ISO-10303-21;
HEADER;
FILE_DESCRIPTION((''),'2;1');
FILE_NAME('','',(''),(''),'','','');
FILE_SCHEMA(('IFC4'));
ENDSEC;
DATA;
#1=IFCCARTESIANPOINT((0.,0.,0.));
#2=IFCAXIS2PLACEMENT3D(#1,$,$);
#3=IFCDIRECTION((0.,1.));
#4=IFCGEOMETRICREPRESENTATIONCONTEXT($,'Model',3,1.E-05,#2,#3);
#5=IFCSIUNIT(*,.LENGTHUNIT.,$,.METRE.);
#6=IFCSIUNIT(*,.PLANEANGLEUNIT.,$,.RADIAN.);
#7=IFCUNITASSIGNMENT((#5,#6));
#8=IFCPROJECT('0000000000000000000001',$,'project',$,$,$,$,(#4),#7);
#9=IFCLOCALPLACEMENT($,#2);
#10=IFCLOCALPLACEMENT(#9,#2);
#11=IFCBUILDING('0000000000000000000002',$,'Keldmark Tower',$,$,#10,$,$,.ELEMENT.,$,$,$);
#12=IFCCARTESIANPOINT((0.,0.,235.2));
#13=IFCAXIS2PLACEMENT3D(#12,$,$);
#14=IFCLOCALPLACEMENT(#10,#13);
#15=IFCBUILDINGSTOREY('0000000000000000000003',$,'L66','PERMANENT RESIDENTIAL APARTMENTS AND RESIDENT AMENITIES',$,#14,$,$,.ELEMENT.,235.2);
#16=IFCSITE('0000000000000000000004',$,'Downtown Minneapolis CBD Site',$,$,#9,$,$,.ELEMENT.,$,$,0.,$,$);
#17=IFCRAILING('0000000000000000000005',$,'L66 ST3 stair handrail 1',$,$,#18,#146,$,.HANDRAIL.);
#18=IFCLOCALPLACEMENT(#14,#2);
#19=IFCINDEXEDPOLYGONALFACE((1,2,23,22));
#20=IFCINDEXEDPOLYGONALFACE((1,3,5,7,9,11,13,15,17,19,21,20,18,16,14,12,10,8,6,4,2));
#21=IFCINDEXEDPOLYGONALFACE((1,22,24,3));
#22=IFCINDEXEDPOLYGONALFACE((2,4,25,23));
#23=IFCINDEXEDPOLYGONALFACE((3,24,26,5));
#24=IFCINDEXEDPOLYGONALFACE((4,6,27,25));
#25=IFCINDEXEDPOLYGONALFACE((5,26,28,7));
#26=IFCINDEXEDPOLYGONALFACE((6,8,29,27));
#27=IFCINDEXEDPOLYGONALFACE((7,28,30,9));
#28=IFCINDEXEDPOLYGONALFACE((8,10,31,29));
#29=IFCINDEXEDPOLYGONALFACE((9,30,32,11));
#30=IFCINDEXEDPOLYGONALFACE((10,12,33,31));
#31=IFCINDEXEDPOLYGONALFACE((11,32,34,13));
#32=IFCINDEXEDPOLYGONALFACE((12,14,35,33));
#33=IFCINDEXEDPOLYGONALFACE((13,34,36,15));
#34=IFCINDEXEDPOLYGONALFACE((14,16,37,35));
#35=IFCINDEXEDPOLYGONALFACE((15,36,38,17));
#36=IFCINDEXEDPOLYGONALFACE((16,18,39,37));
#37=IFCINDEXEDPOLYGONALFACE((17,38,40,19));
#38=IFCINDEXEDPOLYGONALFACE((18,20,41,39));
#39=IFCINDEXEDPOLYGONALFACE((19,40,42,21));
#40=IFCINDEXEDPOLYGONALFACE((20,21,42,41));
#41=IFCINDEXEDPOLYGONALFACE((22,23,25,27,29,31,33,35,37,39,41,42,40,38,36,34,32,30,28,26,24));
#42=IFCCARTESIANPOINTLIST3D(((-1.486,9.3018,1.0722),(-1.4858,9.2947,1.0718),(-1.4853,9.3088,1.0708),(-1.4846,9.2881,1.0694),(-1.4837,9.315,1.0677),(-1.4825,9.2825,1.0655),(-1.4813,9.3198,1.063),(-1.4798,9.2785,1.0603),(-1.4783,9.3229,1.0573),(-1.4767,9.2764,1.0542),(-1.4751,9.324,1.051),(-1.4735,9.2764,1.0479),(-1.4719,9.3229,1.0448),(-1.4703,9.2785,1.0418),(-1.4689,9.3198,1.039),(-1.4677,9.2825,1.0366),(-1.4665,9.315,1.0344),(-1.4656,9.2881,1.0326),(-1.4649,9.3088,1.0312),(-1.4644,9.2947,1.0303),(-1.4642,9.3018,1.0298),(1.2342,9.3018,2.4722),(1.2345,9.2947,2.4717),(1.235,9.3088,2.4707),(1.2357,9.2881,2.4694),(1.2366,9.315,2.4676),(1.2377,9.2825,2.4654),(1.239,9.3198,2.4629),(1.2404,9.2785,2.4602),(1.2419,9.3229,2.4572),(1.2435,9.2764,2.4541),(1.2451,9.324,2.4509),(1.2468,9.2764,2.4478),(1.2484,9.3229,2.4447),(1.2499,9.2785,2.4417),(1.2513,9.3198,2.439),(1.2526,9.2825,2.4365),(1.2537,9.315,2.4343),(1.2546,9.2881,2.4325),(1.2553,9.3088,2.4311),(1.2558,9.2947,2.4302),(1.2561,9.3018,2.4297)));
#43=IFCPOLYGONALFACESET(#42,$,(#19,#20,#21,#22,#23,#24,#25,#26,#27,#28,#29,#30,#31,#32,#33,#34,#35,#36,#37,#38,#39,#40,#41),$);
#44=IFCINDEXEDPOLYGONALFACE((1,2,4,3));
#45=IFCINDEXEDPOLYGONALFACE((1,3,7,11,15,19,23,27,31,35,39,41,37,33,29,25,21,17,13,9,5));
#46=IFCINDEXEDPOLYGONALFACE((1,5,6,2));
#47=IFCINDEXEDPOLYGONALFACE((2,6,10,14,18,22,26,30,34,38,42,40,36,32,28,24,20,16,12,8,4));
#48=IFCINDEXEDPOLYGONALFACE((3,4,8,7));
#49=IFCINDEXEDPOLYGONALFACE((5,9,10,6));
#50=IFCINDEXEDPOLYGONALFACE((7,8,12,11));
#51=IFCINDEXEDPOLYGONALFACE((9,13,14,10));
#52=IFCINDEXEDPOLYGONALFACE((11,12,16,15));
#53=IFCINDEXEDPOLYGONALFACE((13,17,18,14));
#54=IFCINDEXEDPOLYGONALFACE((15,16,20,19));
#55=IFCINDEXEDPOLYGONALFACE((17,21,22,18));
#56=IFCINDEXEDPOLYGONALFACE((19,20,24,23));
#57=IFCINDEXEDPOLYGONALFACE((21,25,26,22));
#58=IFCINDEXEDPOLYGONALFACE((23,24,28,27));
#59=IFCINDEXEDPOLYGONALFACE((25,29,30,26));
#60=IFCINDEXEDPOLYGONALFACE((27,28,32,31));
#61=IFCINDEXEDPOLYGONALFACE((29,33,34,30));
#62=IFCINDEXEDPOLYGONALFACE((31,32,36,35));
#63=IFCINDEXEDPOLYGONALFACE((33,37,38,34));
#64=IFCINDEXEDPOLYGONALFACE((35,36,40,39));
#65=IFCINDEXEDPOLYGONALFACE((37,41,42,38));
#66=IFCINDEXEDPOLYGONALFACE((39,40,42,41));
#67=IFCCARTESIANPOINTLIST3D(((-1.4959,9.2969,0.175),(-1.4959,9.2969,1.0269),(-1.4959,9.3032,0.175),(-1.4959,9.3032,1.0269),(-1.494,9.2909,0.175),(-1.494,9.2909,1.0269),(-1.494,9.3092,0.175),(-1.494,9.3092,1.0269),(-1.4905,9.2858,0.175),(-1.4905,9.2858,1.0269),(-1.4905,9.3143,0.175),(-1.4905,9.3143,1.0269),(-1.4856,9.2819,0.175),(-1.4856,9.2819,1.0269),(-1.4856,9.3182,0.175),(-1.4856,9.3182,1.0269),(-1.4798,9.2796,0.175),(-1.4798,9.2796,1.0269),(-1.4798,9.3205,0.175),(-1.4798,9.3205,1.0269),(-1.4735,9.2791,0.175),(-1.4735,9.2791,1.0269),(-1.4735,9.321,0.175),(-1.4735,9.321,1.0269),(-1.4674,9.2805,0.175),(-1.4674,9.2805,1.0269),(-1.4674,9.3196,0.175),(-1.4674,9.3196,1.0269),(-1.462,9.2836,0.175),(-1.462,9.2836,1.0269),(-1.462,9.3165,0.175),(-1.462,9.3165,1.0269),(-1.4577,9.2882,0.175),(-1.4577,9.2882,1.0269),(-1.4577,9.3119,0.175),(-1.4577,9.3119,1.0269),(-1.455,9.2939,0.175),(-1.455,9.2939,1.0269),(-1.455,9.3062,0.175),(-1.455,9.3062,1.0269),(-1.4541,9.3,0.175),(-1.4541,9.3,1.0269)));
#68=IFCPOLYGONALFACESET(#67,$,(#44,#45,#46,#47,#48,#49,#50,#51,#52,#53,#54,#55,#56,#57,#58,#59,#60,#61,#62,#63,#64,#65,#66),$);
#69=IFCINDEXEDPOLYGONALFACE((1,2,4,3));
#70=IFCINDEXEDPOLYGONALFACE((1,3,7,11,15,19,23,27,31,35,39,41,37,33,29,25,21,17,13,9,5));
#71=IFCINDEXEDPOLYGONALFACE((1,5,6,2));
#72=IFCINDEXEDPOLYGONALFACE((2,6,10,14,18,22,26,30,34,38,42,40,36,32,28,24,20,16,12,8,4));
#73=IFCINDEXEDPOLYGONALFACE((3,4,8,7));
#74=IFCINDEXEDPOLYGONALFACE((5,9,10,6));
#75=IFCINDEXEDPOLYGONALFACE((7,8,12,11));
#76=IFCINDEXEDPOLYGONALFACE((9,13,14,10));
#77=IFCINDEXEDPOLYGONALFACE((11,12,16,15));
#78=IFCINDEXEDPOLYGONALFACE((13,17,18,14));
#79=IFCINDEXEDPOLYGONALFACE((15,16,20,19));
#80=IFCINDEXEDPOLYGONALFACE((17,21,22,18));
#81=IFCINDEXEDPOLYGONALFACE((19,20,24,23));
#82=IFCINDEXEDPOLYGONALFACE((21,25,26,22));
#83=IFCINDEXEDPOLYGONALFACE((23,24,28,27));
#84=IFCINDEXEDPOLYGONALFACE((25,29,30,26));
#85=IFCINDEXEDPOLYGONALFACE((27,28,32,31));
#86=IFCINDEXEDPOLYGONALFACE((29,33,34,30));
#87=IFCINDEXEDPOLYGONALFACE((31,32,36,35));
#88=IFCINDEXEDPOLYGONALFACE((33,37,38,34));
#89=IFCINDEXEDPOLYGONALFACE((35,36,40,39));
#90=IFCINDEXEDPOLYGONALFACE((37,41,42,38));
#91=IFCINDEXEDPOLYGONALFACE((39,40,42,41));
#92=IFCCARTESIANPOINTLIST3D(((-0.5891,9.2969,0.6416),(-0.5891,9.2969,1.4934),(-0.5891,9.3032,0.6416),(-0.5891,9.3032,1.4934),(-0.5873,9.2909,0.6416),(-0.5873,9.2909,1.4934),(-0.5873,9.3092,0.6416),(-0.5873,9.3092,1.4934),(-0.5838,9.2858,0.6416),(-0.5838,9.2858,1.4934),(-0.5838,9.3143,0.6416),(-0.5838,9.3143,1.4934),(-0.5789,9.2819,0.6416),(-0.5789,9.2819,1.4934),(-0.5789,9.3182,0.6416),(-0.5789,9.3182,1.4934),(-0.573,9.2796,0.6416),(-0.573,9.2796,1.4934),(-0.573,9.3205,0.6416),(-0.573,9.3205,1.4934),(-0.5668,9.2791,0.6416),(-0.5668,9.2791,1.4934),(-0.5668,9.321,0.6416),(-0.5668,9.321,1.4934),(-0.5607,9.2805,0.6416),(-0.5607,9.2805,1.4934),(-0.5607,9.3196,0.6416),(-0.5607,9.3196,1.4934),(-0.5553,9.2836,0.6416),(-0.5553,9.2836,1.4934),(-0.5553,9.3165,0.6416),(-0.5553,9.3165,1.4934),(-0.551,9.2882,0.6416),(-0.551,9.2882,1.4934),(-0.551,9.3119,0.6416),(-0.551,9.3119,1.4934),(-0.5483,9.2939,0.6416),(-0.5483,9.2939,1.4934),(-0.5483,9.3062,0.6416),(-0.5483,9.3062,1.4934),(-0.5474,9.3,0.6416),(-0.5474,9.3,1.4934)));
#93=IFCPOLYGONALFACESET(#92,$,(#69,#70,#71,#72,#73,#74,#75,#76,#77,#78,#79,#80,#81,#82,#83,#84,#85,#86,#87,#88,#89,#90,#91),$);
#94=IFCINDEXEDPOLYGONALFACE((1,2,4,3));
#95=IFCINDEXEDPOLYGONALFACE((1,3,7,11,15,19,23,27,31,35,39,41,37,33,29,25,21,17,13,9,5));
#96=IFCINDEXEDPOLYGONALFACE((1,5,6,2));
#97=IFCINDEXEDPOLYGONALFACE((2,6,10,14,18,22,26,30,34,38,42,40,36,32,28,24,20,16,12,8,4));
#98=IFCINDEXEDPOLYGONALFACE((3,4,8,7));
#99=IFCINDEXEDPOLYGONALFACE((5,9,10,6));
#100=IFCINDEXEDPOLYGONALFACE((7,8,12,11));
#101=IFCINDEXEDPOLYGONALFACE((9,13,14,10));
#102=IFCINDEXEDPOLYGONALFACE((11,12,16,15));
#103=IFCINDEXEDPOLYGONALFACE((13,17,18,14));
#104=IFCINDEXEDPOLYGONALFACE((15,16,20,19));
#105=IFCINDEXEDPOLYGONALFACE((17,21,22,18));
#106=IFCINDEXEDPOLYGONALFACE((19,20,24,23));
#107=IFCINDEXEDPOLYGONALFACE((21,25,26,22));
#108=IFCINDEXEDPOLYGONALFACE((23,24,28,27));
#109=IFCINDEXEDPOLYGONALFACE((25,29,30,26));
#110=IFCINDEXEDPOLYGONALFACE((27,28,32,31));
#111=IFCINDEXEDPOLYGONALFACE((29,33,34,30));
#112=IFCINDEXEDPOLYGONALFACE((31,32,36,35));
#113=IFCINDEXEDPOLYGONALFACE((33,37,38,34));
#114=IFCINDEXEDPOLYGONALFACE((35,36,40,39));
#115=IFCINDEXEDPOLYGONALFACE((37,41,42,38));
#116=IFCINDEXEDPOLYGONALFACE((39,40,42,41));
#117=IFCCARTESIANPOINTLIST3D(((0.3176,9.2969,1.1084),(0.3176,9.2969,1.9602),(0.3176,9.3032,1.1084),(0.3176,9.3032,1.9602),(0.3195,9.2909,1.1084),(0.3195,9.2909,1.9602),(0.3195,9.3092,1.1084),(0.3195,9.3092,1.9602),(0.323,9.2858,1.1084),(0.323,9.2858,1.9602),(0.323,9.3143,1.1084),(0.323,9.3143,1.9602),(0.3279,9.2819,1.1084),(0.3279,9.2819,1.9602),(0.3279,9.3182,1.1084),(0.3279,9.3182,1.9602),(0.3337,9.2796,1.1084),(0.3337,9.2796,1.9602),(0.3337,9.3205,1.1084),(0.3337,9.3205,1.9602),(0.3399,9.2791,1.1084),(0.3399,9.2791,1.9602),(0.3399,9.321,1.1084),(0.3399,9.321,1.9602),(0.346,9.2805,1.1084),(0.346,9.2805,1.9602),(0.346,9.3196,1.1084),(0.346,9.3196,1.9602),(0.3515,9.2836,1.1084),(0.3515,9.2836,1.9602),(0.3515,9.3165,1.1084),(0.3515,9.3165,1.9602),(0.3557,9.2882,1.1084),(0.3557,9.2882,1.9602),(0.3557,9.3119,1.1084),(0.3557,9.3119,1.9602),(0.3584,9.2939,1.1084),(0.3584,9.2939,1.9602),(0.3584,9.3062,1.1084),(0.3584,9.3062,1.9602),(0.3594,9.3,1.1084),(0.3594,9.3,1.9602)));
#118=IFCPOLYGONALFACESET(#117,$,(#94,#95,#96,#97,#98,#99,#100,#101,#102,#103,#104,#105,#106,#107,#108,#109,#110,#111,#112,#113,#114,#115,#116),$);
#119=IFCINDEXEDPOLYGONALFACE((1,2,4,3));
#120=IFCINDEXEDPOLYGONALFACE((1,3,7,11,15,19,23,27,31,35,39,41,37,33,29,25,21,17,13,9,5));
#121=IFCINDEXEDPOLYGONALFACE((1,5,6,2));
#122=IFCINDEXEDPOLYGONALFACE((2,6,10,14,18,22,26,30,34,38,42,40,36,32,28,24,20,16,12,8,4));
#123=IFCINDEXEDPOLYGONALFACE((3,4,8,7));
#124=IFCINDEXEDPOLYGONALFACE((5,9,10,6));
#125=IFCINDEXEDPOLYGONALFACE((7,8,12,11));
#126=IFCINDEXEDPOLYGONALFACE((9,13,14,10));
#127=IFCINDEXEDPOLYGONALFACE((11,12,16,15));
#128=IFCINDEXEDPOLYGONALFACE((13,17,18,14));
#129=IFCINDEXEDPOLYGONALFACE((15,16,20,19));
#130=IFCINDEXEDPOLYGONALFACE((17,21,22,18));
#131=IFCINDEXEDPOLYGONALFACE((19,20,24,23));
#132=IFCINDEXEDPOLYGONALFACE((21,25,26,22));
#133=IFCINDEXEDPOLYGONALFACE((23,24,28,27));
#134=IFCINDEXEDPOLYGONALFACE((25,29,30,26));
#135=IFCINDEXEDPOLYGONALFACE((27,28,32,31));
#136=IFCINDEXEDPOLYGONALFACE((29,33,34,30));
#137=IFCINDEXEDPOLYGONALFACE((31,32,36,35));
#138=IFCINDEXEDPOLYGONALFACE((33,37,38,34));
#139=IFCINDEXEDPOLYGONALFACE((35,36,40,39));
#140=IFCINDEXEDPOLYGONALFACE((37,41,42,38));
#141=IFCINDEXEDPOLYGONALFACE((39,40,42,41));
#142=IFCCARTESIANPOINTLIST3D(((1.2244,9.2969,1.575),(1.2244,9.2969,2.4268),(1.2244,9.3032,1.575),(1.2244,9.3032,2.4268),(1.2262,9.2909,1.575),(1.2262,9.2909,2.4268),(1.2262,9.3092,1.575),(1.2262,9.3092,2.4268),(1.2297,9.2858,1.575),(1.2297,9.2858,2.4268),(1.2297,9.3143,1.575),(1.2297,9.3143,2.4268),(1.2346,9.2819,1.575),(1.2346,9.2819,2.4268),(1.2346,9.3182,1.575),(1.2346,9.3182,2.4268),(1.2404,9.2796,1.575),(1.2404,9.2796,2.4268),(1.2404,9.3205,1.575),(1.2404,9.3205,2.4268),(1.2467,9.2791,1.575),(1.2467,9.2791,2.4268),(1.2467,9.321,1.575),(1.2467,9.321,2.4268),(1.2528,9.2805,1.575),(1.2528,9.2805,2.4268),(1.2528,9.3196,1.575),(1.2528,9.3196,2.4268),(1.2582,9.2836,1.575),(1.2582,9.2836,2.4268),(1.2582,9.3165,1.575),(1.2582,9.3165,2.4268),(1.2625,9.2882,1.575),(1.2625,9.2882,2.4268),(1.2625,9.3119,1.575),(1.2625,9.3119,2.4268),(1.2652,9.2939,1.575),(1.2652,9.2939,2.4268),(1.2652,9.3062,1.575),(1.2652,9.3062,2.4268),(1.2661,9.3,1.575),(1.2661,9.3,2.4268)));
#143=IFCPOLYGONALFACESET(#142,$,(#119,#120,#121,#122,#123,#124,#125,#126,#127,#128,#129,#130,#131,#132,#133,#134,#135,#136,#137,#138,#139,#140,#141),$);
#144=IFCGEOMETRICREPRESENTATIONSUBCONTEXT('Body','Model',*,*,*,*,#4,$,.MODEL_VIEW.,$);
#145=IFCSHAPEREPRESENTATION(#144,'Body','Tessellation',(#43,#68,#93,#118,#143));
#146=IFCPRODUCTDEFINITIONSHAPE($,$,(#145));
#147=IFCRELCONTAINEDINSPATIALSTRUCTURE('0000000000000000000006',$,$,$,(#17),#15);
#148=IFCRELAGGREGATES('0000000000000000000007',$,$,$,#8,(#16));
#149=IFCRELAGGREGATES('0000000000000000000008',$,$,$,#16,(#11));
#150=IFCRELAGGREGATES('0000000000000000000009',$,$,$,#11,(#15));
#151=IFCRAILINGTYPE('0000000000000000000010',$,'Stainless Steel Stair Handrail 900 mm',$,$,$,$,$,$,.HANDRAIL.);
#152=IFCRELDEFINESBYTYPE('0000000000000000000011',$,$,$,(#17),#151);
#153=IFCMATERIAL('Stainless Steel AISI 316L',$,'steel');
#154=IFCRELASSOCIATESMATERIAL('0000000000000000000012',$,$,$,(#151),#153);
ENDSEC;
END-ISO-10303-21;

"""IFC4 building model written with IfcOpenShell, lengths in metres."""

from ifc_helpers import new_model, si_unit, direction, frame, origin, origin_2d, place, context, subcontext, project, spatial, circle, extrude, material, type_object, element, save


model = new_model("IFC4")

# Units and contexts
model_context = context("Model", 3, precision=1e-05, world=origin(), true_north=direction((0.0, 1.0)))
body_context = subcontext(model_context, "Body", "Model", "MODEL_VIEW")
ifc_project = project(units=[si_unit("LENGTHUNIT", "METRE"), si_unit("PLANEANGLEUNIT", "RADIAN")], contexts=[model_context])

# Site, building, storey
site_placement = place(None, origin())
site = spatial("IfcSite", under=ifc_project, at=site_placement, Name="Downtown Minneapolis CBD Site", CompositionType="ELEMENT", RefElevation=0.0)
building_placement = place(site_placement, origin())
building = spatial("IfcBuilding", under=site, at=building_placement, Name="Keldmark Tower", CompositionType="ELEMENT")
storey_placement = place(building_placement, frame((0.0, 0.0, 235.2)))
storey = spatial("IfcBuildingStorey", under=building, at=storey_placement, Name="L66", Description="PERMANENT RESIDENTIAL APARTMENTS AND RESIDENT AMENITIES", CompositionType="ELEMENT", Elevation=235.2)

# Railing
ifc_material_1 = material(Name="Stainless Steel AISI 316L", Category="steel")
railing_type_1 = type_object("IfcRailingType", Name="Stainless Steel Stair Handrail 900 mm", PredefinedType="HANDRAIL", material=ifc_material_1)
railing_1_placement = place(storey_placement, frame((-1.4751, 9.3, 0.175)))
element("IfcRailing", 1, at=railing_1_placement, inside=storey, type_object=railing_type_1, Name="L66 ST3 stair handrail 1", PredefinedType="HANDRAIL", context=body_context, shape_type="SweptSolid", body=[
    extrude(circle(Radius=0.0239, at=origin_2d()), frame((0.0, 0.0, 0.876), z_axis=(0.889164, 0.0, 0.45759), x_axis=(0.0, 1.0, 0.0)), (0.0, 0.0, 1.0), 3.0593),
    extrude(circle(Radius=0.021, at=origin_2d()), origin(), (0.0, 0.0, 1.0), 0.8518),
    extrude(circle(Radius=0.021, at=origin_2d()), frame((0.9067, 0.0, 0.4666)), (0.0, 0.0, 1.0), 0.8518),
    extrude(circle(Radius=0.021, at=origin_2d()), frame((1.8135, 0.0, 0.9333)), (0.0, 0.0, 1.0), 0.8518),
    extrude(circle(Radius=0.021, at=origin_2d()), frame((2.7202, 0.0, 1.3999)), (0.0, 0.0, 1.0), 0.8518),
])

save(model, "model.ifc")
